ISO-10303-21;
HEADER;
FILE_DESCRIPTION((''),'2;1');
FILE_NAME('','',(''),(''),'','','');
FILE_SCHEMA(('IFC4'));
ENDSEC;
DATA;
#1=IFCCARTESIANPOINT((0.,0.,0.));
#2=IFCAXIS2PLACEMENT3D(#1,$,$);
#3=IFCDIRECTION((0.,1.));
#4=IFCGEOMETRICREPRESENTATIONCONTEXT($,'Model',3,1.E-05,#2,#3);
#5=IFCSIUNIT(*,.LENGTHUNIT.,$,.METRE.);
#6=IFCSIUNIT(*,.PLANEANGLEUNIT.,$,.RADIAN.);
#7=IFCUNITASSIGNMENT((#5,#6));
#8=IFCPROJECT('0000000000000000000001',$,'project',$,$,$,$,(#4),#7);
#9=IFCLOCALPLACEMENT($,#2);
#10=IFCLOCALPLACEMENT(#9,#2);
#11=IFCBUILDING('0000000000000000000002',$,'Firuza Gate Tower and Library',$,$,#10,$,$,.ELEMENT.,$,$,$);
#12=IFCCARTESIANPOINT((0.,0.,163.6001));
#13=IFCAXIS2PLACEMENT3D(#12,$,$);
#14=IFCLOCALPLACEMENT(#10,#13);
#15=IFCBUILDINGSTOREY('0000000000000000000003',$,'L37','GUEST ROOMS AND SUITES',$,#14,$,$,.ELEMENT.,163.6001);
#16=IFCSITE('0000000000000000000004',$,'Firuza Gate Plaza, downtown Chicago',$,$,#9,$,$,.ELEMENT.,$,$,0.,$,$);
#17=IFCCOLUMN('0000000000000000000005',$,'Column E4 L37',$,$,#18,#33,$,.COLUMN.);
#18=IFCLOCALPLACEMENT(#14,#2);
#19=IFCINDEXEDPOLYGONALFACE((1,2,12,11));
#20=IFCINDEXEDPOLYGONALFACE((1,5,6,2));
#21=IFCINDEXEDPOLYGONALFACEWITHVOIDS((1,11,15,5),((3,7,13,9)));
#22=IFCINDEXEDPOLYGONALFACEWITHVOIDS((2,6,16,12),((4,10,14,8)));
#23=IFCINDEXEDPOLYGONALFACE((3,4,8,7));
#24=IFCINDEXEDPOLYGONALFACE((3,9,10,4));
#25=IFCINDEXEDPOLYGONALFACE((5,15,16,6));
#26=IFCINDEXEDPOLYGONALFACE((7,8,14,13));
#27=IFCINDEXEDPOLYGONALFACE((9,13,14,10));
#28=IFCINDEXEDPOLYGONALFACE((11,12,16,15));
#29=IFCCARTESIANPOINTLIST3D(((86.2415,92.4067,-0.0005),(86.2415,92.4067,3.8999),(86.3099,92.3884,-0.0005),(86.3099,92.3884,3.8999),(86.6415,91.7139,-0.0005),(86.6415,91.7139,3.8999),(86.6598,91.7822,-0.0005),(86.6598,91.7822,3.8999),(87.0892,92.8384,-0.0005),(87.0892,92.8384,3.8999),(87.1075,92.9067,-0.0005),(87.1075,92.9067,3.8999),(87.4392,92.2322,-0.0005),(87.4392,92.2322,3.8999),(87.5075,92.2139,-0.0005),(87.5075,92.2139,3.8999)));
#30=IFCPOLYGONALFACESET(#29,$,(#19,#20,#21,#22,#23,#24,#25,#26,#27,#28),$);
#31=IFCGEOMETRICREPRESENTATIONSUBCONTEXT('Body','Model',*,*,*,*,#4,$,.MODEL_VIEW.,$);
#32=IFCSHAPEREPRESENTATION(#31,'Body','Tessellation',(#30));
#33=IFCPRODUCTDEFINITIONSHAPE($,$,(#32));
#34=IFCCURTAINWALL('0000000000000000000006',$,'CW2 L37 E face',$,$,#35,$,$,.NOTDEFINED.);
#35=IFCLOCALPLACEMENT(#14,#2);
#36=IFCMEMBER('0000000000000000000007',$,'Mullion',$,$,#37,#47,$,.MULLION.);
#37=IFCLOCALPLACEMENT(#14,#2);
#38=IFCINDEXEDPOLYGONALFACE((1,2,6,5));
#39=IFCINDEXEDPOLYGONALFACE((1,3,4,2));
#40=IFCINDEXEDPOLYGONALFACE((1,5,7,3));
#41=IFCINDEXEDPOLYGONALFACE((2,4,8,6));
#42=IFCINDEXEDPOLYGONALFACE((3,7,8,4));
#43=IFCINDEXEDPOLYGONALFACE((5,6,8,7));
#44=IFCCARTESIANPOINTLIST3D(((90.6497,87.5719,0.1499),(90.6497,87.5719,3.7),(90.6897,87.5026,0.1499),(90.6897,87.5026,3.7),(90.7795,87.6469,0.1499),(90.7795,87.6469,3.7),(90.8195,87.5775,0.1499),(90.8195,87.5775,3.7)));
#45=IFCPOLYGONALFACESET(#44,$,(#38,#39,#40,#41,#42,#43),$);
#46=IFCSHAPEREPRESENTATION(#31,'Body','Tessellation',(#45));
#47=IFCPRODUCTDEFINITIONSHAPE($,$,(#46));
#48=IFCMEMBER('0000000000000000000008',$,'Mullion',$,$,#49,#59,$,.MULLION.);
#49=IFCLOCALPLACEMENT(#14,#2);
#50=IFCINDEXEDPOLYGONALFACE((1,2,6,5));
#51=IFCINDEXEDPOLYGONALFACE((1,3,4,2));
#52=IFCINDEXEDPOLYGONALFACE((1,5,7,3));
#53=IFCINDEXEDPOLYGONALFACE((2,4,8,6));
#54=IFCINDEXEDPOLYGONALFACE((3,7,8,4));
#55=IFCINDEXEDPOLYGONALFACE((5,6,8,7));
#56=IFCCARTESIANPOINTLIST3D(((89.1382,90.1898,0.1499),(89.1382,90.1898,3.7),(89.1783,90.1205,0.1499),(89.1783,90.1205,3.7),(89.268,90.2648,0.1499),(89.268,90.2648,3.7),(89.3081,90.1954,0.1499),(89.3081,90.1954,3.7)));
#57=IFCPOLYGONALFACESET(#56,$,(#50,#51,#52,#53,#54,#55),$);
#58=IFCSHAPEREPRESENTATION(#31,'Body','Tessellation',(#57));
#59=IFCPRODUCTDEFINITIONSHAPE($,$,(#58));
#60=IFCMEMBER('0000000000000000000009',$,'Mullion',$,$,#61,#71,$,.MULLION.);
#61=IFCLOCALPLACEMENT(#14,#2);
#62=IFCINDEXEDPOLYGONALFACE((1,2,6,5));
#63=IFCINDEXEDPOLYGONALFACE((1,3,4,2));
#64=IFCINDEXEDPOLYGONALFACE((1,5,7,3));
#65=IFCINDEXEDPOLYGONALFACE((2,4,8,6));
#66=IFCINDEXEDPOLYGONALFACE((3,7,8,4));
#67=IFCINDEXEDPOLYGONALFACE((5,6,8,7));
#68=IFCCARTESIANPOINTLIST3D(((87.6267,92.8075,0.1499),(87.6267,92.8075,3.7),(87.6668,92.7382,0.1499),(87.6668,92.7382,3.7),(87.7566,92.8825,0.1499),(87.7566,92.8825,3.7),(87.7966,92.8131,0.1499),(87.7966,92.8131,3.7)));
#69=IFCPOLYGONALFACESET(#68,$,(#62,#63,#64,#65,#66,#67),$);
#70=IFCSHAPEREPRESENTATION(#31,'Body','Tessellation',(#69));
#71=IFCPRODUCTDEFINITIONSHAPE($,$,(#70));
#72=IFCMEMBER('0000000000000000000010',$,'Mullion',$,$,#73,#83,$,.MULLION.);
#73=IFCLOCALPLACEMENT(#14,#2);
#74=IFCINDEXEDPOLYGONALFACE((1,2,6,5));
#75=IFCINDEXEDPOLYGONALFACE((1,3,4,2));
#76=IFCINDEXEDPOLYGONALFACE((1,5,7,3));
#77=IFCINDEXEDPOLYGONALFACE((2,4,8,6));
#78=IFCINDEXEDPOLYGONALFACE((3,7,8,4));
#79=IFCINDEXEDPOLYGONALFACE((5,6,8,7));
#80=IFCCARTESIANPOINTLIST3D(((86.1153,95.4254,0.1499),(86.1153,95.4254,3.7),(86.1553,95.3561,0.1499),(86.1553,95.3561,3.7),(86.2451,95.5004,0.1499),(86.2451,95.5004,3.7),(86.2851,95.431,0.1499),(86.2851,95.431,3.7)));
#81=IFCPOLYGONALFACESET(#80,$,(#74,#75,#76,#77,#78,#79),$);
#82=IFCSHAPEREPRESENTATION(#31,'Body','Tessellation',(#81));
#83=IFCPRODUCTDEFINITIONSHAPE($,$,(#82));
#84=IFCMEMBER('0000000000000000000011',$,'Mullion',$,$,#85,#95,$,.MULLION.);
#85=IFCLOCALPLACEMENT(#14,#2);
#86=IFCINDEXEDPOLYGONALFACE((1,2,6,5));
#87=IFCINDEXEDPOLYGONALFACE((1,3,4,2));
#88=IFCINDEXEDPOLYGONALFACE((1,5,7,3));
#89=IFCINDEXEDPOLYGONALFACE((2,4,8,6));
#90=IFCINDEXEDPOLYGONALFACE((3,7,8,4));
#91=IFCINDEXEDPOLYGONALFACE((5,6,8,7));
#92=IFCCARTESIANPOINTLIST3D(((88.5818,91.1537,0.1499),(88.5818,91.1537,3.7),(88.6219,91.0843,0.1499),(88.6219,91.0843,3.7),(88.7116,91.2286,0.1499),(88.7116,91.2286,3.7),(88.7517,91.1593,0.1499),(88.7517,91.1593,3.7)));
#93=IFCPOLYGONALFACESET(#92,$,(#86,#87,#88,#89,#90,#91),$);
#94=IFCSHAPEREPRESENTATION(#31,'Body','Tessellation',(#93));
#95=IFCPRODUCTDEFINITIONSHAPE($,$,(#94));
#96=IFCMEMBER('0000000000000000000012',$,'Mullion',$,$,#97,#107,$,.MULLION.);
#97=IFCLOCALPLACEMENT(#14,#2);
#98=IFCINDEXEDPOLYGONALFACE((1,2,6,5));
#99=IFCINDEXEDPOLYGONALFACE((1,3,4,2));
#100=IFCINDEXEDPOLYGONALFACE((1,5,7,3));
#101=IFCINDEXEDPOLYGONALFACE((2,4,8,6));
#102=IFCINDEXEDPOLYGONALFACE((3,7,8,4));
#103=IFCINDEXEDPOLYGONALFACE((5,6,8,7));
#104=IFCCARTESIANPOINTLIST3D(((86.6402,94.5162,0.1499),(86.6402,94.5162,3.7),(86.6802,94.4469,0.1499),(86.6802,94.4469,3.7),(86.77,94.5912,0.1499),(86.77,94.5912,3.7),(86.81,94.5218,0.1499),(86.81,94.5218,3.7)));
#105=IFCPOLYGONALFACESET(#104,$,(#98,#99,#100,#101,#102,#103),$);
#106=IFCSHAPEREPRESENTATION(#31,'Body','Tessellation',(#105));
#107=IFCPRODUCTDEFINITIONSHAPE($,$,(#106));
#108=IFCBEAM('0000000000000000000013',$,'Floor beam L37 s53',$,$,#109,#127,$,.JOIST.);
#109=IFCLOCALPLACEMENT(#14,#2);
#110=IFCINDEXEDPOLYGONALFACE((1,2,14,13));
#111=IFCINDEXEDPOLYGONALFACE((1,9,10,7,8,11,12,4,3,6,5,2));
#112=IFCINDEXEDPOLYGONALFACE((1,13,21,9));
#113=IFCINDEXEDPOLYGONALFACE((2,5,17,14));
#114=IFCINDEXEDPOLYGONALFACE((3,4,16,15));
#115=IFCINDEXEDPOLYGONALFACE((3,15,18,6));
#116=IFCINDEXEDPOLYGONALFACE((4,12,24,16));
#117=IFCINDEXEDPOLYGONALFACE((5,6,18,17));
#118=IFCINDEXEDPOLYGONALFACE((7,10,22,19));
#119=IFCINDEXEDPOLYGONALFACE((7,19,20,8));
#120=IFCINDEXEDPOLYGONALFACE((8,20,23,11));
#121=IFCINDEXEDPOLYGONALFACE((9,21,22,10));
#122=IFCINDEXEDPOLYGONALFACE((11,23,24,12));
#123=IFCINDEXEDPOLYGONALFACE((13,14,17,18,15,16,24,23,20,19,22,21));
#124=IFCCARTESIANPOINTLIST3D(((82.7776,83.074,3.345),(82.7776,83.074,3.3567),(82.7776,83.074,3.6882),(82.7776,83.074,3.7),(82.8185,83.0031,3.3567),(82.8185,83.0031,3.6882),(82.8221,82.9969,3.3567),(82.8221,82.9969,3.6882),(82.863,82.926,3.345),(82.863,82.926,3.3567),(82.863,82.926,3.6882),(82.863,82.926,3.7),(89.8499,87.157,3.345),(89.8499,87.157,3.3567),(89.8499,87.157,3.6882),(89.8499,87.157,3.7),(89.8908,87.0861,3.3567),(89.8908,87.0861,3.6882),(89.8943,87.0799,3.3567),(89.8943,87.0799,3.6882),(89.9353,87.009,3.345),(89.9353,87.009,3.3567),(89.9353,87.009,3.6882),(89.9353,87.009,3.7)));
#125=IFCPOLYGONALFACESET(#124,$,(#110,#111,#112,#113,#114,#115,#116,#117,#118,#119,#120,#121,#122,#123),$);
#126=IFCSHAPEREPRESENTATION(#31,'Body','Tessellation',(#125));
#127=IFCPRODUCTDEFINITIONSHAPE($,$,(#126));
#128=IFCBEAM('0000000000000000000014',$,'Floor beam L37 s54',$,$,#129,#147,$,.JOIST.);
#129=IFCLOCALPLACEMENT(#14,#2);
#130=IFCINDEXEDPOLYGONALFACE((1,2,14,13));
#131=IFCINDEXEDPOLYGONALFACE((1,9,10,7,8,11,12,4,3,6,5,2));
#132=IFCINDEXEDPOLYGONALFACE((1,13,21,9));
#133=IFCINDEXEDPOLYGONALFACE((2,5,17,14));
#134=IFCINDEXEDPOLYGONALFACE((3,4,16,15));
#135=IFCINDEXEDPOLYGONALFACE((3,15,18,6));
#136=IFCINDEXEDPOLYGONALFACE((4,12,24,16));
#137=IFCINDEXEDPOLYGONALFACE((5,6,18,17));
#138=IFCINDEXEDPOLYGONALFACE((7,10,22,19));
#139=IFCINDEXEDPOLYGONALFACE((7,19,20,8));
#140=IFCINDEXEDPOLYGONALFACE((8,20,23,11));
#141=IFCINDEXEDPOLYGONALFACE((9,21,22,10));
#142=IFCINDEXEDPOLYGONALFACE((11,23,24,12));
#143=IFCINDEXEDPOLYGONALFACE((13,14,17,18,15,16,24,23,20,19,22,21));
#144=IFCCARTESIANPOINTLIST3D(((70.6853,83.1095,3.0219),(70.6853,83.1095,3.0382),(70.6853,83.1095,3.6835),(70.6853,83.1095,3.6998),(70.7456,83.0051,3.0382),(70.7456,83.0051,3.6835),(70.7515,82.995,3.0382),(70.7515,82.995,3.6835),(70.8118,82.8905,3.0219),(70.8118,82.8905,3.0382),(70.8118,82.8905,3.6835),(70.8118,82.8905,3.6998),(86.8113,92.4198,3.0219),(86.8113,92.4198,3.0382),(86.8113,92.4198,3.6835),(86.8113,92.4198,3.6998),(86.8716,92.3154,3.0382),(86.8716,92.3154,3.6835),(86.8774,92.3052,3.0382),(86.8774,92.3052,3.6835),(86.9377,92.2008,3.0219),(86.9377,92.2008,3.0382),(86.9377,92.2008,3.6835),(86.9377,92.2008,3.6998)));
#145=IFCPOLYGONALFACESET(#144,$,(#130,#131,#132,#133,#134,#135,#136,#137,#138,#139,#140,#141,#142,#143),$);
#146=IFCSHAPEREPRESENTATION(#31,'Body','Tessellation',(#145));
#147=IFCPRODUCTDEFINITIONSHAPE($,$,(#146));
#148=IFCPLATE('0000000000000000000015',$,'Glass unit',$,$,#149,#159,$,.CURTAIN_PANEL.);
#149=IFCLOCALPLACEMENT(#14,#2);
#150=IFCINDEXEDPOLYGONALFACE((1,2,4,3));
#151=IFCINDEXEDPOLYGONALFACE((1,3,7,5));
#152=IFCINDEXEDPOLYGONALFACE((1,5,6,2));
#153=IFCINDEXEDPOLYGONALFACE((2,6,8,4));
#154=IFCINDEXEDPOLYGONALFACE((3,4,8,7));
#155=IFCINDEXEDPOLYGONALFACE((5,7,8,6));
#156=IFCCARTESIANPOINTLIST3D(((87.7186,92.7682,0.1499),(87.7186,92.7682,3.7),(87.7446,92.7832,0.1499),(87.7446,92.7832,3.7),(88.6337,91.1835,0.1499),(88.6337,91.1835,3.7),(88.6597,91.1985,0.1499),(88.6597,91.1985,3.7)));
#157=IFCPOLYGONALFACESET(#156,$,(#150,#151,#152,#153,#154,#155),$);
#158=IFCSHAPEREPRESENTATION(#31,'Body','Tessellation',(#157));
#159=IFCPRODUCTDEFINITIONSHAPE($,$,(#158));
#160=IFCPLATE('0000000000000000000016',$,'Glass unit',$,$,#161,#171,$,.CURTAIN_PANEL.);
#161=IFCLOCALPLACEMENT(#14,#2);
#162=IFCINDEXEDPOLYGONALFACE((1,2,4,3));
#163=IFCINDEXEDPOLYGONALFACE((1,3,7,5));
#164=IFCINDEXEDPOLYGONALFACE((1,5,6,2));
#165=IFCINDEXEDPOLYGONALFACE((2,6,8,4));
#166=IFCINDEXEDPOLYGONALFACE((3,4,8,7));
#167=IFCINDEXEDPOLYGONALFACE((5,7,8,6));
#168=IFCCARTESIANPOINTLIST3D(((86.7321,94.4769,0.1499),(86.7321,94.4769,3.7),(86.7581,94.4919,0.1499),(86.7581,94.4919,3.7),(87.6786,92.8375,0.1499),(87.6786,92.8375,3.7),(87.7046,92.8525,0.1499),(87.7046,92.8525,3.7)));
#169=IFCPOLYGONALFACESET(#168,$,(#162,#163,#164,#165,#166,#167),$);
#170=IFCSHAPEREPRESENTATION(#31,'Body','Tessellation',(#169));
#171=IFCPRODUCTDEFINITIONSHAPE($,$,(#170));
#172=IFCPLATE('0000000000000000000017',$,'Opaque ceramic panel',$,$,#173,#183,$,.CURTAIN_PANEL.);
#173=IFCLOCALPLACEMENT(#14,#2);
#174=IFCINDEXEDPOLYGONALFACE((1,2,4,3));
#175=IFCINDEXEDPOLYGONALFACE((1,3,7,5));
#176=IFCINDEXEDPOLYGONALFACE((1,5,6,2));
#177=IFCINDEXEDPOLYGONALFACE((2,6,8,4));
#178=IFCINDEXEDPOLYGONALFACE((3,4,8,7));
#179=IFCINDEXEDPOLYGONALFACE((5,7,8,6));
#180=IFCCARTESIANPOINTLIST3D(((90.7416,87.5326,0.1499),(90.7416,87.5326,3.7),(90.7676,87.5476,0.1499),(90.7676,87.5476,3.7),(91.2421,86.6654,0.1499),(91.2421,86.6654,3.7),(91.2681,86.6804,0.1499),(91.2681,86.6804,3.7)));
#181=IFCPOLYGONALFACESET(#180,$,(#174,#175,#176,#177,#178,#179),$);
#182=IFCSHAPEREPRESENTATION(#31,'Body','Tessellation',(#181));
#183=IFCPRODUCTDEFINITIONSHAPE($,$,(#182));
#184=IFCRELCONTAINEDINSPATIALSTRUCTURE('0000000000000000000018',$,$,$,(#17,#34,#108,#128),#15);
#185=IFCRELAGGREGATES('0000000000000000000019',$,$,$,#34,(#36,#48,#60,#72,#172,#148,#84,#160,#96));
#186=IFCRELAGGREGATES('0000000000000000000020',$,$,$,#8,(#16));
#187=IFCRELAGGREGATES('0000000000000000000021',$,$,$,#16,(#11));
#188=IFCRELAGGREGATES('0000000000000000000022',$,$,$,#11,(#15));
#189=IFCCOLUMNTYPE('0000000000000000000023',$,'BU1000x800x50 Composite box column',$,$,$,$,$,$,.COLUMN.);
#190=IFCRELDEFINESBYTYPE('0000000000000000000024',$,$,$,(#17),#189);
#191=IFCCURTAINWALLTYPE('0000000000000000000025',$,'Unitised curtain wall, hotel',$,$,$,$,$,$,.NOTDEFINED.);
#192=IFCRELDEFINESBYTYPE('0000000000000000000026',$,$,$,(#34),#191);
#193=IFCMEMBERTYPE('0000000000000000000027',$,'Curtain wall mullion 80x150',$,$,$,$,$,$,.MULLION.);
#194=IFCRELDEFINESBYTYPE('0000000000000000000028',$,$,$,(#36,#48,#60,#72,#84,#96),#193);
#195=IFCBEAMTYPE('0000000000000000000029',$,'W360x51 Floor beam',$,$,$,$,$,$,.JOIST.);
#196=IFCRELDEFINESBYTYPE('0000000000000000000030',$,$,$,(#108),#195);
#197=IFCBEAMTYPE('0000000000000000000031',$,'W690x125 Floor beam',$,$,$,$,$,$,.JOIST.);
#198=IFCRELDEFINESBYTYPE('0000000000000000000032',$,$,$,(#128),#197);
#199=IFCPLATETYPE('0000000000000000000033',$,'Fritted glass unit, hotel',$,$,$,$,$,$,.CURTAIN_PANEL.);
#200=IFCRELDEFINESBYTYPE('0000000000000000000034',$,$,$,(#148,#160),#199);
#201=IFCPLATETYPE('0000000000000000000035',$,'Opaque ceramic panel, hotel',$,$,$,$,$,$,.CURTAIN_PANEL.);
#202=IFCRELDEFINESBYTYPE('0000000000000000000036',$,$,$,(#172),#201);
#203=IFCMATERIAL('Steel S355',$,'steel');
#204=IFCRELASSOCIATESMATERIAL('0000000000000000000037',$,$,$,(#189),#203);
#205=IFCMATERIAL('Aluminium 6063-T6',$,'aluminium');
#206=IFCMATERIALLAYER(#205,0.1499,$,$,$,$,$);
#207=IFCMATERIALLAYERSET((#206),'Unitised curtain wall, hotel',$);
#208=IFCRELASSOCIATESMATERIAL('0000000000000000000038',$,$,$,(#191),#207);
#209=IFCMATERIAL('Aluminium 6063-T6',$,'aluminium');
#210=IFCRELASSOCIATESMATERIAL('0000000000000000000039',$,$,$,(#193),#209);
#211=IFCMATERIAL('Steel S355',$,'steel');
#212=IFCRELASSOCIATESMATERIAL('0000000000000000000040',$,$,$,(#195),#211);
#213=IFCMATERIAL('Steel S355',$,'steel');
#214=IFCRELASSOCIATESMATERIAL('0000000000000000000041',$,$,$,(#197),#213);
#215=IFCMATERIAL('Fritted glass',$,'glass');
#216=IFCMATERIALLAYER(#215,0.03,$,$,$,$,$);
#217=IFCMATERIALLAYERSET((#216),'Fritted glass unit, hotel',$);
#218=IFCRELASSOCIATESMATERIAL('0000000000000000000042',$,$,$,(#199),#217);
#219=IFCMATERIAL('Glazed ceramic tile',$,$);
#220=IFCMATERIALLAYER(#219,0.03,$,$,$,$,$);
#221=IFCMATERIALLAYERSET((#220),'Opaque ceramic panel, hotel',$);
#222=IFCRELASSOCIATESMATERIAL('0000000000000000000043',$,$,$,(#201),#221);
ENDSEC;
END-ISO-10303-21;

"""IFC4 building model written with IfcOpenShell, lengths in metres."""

from ifc_helpers import new_model, si_unit, direction, frame, origin, origin_2d, place, context, subcontext, project, spatial, polyline, rectangle, hollow_rectangle, i_section, outline, extrude, material, layer, layer_set, material_profile, profile_set, type_object, element, aggregate, save


model = new_model("IFC4")

# Units and contexts
model_context = context("Model", 3, precision=1e-05, world=origin(), true_north=direction((0.0, 1.0)))
body_context = subcontext(model_context, "Body", "Model", "MODEL_VIEW")
ifc_project = project(units=[si_unit("LENGTHUNIT", "METRE"), si_unit("PLANEANGLEUNIT", "RADIAN")], contexts=[model_context])

# Site, building, storey
site_placement = place(None, origin())
site = spatial("IfcSite", under=ifc_project, at=site_placement, Name="Firuza Gate Plaza, downtown Chicago", CompositionType="ELEMENT", RefElevation=0.0)
building_placement = place(site_placement, origin())
building = spatial("IfcBuilding", under=site, at=building_placement, Name="Firuza Gate Tower and Library", CompositionType="ELEMENT")
storey_placement = place(building_placement, frame((0.0, 0.0, 163.6001)))
storey = spatial("IfcBuildingStorey", under=building, at=storey_placement, Name="L37", Description="GUEST ROOMS AND SUITES", CompositionType="ELEMENT", Elevation=163.6001)

# Column
ifc_material_1 = material(Name="Steel S355", Category="steel")
ifc_material_profile_1 = material_profile(ifc_material_1, hollow_rectangle(XDim=0.8, YDim=1.0, WallThickness=0.05, at=origin_2d()))
ifc_profile_set_1 = profile_set([ifc_material_profile_1], Name="Steel S355")
column_type = type_object("IfcColumnType", Name="BU1000x800x50 Composite box column", PredefinedType="COLUMN", material=ifc_profile_set_1)
column_placement = place(storey_placement, frame((86.8745, 92.3103, -0.0005), z_axis=(0.0, 0.0, 1.0), x_axis=(-0.5, 0.866025, 0.0)))
element("IfcColumn", 1, at=column_placement, inside=storey, type_object=column_type, Name="Column E4 L37", PredefinedType="COLUMN", context=body_context, shape_type="SweptSolid", body=[
    extrude(hollow_rectangle(XDim=0.8, YDim=1.0, WallThickness=0.05, at=origin_2d()), origin(), (0.0, 0.0, 1.0), 3.9004),
])

# Curtain wall, members
ifc_material_2 = material(Name="Aluminium 6063-T6", Category="aluminium")
ifc_layer_1 = layer(ifc_material_2, 0.1499)
ifc_layer_set_1 = layer_set([ifc_layer_1], Name="Unitised curtain wall, hotel")
curtain_wall_type = type_object("IfcCurtainWallType", Name="Unitised curtain wall, hotel", PredefinedType="NOTDEFINED", material=ifc_layer_set_1)
curtain_wall_placement = place(storey_placement, origin())
curtain_wall = element("IfcCurtainWall", 2, at=curtain_wall_placement, inside=storey, type_object=curtain_wall_type, Name="CW2 L37 E face", PredefinedType="NOTDEFINED")
ifc_material_3 = material(Name="Aluminium 6063-T6", Category="aluminium")
ifc_material_profile_2 = material_profile(ifc_material_3, rectangle(XDim=0.1499, YDim=0.0801, at=origin_2d()))
ifc_profile_set_2 = profile_set([ifc_material_profile_2], Name="Aluminium 6063-T6")
member_type = type_object("IfcMemberType", Name="Curtain wall mullion 80x150", PredefinedType="MULLION", material=ifc_profile_set_2)
member_1_placement = place(storey_placement, frame((90.7346, 87.5747, 0.1499), z_axis=(0.0, 0.0, 1.0), x_axis=(-0.866025, -0.5, 0.0)))
member_1 = element("IfcMember", 3, at=member_1_placement, type_object=member_type, Name="Mullion", PredefinedType="MULLION", context=body_context, shape_type="SweptSolid", body=[
    extrude(rectangle(XDim=0.1499, YDim=0.0801, at=origin_2d()), origin(), (0.0, 0.0, 1.0), 3.55),
])
member_2_placement = place(storey_placement, frame((89.2231, 90.1926, 0.1499), z_axis=(0.0, 0.0, 1.0), x_axis=(-0.866025, -0.5, 0.0)))
member_2 = element("IfcMember", 4, at=member_2_placement, type_object=member_type, Name="Mullion", PredefinedType="MULLION", context=body_context, shape_type="SweptSolid", body=[
    extrude(rectangle(XDim=0.1499, YDim=0.0801, at=origin_2d()), origin(), (0.0, 0.0, 1.0), 3.55),
])
member_3_placement = place(storey_placement, frame((87.7117, 92.8103, 0.1499), z_axis=(0.0, 0.0, 1.0), x_axis=(-0.866025, -0.5, 0.0)))
member_3 = element("IfcMember", 5, at=member_3_placement, type_object=member_type, Name="Mullion", PredefinedType="MULLION", context=body_context, shape_type="SweptSolid", body=[
    extrude(rectangle(XDim=0.1499, YDim=0.0801, at=origin_2d()), origin(), (0.0, 0.0, 1.0), 3.55),
])
member_4_placement = place(storey_placement, frame((86.2002, 95.4282, 0.1499), z_axis=(0.0, 0.0, 1.0), x_axis=(-0.866025, -0.5, 0.0)))
member_4 = element("IfcMember", 6, at=member_4_placement, type_object=member_type, Name="Mullion", PredefinedType="MULLION", context=body_context, shape_type="SweptSolid", body=[
    extrude(rectangle(XDim=0.1499, YDim=0.0801, at=origin_2d()), origin(), (0.0, 0.0, 1.0), 3.55),
])
member_5_placement = place(storey_placement, frame((88.6667, 91.1565, 0.1499), z_axis=(0.0, 0.0, 1.0), x_axis=(-0.866025, -0.5, 0.0)))
member_5 = element("IfcMember", 7, at=member_5_placement, type_object=member_type, Name="Mullion", PredefinedType="MULLION", context=body_context, shape_type="SweptSolid", body=[
    extrude(rectangle(XDim=0.1499, YDim=0.0801, at=origin_2d()), origin(), (0.0, 0.0, 1.0), 3.55),
])
member_6_placement = place(storey_placement, frame((86.7251, 94.519, 0.1499), z_axis=(0.0, 0.0, 1.0), x_axis=(-0.866025, -0.5, 0.0)))
member_6 = element("IfcMember", 8, at=member_6_placement, type_object=member_type, Name="Mullion", PredefinedType="MULLION", context=body_context, shape_type="SweptSolid", body=[
    extrude(rectangle(XDim=0.1499, YDim=0.0801, at=origin_2d()), origin(), (0.0, 0.0, 1.0), 3.55),
])

# Beams
ifc_material_4 = material(Name="Steel S355", Category="steel")
ifc_material_profile_3 = material_profile(ifc_material_4, i_section(OverallWidth=0.1709, OverallDepth=0.355, WebThickness=0.0071, FlangeThickness=0.0117, at=origin_2d()))
ifc_profile_set_3 = profile_set([ifc_material_profile_3], Name="Steel S355")
beam_type_1 = type_object("IfcBeamType", Name="W360x51 Floor beam", PredefinedType="JOIST", material=ifc_profile_set_3)
beam_1_placement = place(storey_placement, frame((89.8926, 87.083, 3.5225), z_axis=(-0.866034, -0.499985, 0.0), x_axis=(0.499985, -0.866034, 0.0)))
element("IfcBeam", 9, at=beam_1_placement, inside=storey, type_object=beam_type_1, Name="Floor beam L37 s53", PredefinedType="JOIST", context=body_context, shape_type="SweptSolid", body=[
    extrude(i_section(OverallWidth=0.1709, OverallDepth=0.355, WebThickness=0.0071, FlangeThickness=0.0117, at=origin_2d()), origin(), (0.0, 0.0, 1.0), 8.1663),
])
ifc_material_5 = material(Name="Steel S355", Category="steel")
ifc_material_profile_4 = material_profile(ifc_material_5, i_section(OverallWidth=0.2529, OverallDepth=0.678, WebThickness=0.0117, FlangeThickness=0.0164, at=origin_2d()))
ifc_profile_set_4 = profile_set([ifc_material_profile_4], Name="Steel S355")
beam_type_2 = type_object("IfcBeamType", Name="W690x125 Floor beam", PredefinedType="JOIST", material=ifc_profile_set_4)
beam_2_placement = place(storey_placement, frame((86.8745, 92.3103, 3.3608), z_axis=(-0.866026, -0.499999, 0.0), x_axis=(0.499999, -0.866026, 0.0)))
element("IfcBeam", 10, at=beam_2_placement, inside=storey, type_object=beam_type_2, Name="Floor beam L37 s54", PredefinedType="JOIST", context=body_context, shape_type="SweptSolid", body=[
    extrude(i_section(OverallWidth=0.2529, OverallDepth=0.678, WebThickness=0.0117, FlangeThickness=0.0164, at=origin_2d()), origin(), (0.0, 0.0, 1.0), 18.6206),
])

# Plates
ifc_material_6 = material(Name="Fritted glass", Category="glass")
ifc_layer_2 = layer(ifc_material_6, 0.03)
ifc_layer_set_2 = layer_set([ifc_layer_2], Name="Fritted glass unit, hotel")
plate_type_1 = type_object("IfcPlateType", Name="Fritted glass unit, hotel", PredefinedType="CURTAIN_PANEL", material=ifc_layer_set_2)
plate_1_placement = place(storey_placement, frame((88.6597, 91.1985, 0.1499), z_axis=(0.866001, 0.500042, 0.0), x_axis=(-0.500042, 0.866001, 0.0)))
plate_1 = element("IfcPlate", 11, at=plate_1_placement, type_object=plate_type_1, Name="Glass unit", PredefinedType="CURTAIN_PANEL", context=body_context, shape_type="SweptSolid", body=[
    extrude(outline(polyline([(0.0, 0.0), (1.8299, 0.0), (1.8299, 3.55), (0.0, 3.55), (0.0, 0.0)])), origin(), (0.0, 0.0, -1.0), 0.03),
])
plate_2_placement = place(storey_placement, frame((87.7046, 92.8525, 0.1499), z_axis=(0.86602, 0.500009, 0.0), x_axis=(-0.500009, 0.86602, 0.0)))
plate_2 = element("IfcPlate", 12, at=plate_2_placement, type_object=plate_type_1, Name="Glass unit", PredefinedType="CURTAIN_PANEL", context=body_context, shape_type="SweptSolid", body=[
    extrude(outline(polyline([(0.0, 0.0), (1.893, 0.0), (1.893, 3.55), (0.0, 3.55), (0.0, 0.0)])), origin(), (0.0, 0.0, -1.0), 0.03),
])
ifc_material_7 = material(Name="Glazed ceramic tile")
ifc_layer_3 = layer(ifc_material_7, 0.03)
ifc_layer_set_3 = layer_set([ifc_layer_3], Name="Opaque ceramic panel, hotel")
plate_type_2 = type_object("IfcPlateType", Name="Opaque ceramic panel, hotel", PredefinedType="CURTAIN_PANEL", material=ifc_layer_set_3)
plate_3_placement = place(storey_placement, frame((91.2681, 86.6804, 0.1499), z_axis=(0.866104, 0.499863, 0.0), x_axis=(-0.499863, 0.866104, 0.0)))
plate_3 = element("IfcPlate", 13, at=plate_3_placement, type_object=plate_type_2, Name="Opaque ceramic panel", PredefinedType="CURTAIN_PANEL", context=body_context, shape_type="SweptSolid", body=[
    extrude(outline(polyline([(0.0, 0.0), (1.0013, 0.0), (1.0013, 3.55), (0.0, 3.55), (0.0, 0.0)])), origin(), (0.0, 0.0, -1.0), 0.03),
])
aggregate(curtain_wall, [member_1, member_2, member_3, member_4, plate_3, plate_1, member_5, plate_2, member_6])

save(model, "model.ifc")
